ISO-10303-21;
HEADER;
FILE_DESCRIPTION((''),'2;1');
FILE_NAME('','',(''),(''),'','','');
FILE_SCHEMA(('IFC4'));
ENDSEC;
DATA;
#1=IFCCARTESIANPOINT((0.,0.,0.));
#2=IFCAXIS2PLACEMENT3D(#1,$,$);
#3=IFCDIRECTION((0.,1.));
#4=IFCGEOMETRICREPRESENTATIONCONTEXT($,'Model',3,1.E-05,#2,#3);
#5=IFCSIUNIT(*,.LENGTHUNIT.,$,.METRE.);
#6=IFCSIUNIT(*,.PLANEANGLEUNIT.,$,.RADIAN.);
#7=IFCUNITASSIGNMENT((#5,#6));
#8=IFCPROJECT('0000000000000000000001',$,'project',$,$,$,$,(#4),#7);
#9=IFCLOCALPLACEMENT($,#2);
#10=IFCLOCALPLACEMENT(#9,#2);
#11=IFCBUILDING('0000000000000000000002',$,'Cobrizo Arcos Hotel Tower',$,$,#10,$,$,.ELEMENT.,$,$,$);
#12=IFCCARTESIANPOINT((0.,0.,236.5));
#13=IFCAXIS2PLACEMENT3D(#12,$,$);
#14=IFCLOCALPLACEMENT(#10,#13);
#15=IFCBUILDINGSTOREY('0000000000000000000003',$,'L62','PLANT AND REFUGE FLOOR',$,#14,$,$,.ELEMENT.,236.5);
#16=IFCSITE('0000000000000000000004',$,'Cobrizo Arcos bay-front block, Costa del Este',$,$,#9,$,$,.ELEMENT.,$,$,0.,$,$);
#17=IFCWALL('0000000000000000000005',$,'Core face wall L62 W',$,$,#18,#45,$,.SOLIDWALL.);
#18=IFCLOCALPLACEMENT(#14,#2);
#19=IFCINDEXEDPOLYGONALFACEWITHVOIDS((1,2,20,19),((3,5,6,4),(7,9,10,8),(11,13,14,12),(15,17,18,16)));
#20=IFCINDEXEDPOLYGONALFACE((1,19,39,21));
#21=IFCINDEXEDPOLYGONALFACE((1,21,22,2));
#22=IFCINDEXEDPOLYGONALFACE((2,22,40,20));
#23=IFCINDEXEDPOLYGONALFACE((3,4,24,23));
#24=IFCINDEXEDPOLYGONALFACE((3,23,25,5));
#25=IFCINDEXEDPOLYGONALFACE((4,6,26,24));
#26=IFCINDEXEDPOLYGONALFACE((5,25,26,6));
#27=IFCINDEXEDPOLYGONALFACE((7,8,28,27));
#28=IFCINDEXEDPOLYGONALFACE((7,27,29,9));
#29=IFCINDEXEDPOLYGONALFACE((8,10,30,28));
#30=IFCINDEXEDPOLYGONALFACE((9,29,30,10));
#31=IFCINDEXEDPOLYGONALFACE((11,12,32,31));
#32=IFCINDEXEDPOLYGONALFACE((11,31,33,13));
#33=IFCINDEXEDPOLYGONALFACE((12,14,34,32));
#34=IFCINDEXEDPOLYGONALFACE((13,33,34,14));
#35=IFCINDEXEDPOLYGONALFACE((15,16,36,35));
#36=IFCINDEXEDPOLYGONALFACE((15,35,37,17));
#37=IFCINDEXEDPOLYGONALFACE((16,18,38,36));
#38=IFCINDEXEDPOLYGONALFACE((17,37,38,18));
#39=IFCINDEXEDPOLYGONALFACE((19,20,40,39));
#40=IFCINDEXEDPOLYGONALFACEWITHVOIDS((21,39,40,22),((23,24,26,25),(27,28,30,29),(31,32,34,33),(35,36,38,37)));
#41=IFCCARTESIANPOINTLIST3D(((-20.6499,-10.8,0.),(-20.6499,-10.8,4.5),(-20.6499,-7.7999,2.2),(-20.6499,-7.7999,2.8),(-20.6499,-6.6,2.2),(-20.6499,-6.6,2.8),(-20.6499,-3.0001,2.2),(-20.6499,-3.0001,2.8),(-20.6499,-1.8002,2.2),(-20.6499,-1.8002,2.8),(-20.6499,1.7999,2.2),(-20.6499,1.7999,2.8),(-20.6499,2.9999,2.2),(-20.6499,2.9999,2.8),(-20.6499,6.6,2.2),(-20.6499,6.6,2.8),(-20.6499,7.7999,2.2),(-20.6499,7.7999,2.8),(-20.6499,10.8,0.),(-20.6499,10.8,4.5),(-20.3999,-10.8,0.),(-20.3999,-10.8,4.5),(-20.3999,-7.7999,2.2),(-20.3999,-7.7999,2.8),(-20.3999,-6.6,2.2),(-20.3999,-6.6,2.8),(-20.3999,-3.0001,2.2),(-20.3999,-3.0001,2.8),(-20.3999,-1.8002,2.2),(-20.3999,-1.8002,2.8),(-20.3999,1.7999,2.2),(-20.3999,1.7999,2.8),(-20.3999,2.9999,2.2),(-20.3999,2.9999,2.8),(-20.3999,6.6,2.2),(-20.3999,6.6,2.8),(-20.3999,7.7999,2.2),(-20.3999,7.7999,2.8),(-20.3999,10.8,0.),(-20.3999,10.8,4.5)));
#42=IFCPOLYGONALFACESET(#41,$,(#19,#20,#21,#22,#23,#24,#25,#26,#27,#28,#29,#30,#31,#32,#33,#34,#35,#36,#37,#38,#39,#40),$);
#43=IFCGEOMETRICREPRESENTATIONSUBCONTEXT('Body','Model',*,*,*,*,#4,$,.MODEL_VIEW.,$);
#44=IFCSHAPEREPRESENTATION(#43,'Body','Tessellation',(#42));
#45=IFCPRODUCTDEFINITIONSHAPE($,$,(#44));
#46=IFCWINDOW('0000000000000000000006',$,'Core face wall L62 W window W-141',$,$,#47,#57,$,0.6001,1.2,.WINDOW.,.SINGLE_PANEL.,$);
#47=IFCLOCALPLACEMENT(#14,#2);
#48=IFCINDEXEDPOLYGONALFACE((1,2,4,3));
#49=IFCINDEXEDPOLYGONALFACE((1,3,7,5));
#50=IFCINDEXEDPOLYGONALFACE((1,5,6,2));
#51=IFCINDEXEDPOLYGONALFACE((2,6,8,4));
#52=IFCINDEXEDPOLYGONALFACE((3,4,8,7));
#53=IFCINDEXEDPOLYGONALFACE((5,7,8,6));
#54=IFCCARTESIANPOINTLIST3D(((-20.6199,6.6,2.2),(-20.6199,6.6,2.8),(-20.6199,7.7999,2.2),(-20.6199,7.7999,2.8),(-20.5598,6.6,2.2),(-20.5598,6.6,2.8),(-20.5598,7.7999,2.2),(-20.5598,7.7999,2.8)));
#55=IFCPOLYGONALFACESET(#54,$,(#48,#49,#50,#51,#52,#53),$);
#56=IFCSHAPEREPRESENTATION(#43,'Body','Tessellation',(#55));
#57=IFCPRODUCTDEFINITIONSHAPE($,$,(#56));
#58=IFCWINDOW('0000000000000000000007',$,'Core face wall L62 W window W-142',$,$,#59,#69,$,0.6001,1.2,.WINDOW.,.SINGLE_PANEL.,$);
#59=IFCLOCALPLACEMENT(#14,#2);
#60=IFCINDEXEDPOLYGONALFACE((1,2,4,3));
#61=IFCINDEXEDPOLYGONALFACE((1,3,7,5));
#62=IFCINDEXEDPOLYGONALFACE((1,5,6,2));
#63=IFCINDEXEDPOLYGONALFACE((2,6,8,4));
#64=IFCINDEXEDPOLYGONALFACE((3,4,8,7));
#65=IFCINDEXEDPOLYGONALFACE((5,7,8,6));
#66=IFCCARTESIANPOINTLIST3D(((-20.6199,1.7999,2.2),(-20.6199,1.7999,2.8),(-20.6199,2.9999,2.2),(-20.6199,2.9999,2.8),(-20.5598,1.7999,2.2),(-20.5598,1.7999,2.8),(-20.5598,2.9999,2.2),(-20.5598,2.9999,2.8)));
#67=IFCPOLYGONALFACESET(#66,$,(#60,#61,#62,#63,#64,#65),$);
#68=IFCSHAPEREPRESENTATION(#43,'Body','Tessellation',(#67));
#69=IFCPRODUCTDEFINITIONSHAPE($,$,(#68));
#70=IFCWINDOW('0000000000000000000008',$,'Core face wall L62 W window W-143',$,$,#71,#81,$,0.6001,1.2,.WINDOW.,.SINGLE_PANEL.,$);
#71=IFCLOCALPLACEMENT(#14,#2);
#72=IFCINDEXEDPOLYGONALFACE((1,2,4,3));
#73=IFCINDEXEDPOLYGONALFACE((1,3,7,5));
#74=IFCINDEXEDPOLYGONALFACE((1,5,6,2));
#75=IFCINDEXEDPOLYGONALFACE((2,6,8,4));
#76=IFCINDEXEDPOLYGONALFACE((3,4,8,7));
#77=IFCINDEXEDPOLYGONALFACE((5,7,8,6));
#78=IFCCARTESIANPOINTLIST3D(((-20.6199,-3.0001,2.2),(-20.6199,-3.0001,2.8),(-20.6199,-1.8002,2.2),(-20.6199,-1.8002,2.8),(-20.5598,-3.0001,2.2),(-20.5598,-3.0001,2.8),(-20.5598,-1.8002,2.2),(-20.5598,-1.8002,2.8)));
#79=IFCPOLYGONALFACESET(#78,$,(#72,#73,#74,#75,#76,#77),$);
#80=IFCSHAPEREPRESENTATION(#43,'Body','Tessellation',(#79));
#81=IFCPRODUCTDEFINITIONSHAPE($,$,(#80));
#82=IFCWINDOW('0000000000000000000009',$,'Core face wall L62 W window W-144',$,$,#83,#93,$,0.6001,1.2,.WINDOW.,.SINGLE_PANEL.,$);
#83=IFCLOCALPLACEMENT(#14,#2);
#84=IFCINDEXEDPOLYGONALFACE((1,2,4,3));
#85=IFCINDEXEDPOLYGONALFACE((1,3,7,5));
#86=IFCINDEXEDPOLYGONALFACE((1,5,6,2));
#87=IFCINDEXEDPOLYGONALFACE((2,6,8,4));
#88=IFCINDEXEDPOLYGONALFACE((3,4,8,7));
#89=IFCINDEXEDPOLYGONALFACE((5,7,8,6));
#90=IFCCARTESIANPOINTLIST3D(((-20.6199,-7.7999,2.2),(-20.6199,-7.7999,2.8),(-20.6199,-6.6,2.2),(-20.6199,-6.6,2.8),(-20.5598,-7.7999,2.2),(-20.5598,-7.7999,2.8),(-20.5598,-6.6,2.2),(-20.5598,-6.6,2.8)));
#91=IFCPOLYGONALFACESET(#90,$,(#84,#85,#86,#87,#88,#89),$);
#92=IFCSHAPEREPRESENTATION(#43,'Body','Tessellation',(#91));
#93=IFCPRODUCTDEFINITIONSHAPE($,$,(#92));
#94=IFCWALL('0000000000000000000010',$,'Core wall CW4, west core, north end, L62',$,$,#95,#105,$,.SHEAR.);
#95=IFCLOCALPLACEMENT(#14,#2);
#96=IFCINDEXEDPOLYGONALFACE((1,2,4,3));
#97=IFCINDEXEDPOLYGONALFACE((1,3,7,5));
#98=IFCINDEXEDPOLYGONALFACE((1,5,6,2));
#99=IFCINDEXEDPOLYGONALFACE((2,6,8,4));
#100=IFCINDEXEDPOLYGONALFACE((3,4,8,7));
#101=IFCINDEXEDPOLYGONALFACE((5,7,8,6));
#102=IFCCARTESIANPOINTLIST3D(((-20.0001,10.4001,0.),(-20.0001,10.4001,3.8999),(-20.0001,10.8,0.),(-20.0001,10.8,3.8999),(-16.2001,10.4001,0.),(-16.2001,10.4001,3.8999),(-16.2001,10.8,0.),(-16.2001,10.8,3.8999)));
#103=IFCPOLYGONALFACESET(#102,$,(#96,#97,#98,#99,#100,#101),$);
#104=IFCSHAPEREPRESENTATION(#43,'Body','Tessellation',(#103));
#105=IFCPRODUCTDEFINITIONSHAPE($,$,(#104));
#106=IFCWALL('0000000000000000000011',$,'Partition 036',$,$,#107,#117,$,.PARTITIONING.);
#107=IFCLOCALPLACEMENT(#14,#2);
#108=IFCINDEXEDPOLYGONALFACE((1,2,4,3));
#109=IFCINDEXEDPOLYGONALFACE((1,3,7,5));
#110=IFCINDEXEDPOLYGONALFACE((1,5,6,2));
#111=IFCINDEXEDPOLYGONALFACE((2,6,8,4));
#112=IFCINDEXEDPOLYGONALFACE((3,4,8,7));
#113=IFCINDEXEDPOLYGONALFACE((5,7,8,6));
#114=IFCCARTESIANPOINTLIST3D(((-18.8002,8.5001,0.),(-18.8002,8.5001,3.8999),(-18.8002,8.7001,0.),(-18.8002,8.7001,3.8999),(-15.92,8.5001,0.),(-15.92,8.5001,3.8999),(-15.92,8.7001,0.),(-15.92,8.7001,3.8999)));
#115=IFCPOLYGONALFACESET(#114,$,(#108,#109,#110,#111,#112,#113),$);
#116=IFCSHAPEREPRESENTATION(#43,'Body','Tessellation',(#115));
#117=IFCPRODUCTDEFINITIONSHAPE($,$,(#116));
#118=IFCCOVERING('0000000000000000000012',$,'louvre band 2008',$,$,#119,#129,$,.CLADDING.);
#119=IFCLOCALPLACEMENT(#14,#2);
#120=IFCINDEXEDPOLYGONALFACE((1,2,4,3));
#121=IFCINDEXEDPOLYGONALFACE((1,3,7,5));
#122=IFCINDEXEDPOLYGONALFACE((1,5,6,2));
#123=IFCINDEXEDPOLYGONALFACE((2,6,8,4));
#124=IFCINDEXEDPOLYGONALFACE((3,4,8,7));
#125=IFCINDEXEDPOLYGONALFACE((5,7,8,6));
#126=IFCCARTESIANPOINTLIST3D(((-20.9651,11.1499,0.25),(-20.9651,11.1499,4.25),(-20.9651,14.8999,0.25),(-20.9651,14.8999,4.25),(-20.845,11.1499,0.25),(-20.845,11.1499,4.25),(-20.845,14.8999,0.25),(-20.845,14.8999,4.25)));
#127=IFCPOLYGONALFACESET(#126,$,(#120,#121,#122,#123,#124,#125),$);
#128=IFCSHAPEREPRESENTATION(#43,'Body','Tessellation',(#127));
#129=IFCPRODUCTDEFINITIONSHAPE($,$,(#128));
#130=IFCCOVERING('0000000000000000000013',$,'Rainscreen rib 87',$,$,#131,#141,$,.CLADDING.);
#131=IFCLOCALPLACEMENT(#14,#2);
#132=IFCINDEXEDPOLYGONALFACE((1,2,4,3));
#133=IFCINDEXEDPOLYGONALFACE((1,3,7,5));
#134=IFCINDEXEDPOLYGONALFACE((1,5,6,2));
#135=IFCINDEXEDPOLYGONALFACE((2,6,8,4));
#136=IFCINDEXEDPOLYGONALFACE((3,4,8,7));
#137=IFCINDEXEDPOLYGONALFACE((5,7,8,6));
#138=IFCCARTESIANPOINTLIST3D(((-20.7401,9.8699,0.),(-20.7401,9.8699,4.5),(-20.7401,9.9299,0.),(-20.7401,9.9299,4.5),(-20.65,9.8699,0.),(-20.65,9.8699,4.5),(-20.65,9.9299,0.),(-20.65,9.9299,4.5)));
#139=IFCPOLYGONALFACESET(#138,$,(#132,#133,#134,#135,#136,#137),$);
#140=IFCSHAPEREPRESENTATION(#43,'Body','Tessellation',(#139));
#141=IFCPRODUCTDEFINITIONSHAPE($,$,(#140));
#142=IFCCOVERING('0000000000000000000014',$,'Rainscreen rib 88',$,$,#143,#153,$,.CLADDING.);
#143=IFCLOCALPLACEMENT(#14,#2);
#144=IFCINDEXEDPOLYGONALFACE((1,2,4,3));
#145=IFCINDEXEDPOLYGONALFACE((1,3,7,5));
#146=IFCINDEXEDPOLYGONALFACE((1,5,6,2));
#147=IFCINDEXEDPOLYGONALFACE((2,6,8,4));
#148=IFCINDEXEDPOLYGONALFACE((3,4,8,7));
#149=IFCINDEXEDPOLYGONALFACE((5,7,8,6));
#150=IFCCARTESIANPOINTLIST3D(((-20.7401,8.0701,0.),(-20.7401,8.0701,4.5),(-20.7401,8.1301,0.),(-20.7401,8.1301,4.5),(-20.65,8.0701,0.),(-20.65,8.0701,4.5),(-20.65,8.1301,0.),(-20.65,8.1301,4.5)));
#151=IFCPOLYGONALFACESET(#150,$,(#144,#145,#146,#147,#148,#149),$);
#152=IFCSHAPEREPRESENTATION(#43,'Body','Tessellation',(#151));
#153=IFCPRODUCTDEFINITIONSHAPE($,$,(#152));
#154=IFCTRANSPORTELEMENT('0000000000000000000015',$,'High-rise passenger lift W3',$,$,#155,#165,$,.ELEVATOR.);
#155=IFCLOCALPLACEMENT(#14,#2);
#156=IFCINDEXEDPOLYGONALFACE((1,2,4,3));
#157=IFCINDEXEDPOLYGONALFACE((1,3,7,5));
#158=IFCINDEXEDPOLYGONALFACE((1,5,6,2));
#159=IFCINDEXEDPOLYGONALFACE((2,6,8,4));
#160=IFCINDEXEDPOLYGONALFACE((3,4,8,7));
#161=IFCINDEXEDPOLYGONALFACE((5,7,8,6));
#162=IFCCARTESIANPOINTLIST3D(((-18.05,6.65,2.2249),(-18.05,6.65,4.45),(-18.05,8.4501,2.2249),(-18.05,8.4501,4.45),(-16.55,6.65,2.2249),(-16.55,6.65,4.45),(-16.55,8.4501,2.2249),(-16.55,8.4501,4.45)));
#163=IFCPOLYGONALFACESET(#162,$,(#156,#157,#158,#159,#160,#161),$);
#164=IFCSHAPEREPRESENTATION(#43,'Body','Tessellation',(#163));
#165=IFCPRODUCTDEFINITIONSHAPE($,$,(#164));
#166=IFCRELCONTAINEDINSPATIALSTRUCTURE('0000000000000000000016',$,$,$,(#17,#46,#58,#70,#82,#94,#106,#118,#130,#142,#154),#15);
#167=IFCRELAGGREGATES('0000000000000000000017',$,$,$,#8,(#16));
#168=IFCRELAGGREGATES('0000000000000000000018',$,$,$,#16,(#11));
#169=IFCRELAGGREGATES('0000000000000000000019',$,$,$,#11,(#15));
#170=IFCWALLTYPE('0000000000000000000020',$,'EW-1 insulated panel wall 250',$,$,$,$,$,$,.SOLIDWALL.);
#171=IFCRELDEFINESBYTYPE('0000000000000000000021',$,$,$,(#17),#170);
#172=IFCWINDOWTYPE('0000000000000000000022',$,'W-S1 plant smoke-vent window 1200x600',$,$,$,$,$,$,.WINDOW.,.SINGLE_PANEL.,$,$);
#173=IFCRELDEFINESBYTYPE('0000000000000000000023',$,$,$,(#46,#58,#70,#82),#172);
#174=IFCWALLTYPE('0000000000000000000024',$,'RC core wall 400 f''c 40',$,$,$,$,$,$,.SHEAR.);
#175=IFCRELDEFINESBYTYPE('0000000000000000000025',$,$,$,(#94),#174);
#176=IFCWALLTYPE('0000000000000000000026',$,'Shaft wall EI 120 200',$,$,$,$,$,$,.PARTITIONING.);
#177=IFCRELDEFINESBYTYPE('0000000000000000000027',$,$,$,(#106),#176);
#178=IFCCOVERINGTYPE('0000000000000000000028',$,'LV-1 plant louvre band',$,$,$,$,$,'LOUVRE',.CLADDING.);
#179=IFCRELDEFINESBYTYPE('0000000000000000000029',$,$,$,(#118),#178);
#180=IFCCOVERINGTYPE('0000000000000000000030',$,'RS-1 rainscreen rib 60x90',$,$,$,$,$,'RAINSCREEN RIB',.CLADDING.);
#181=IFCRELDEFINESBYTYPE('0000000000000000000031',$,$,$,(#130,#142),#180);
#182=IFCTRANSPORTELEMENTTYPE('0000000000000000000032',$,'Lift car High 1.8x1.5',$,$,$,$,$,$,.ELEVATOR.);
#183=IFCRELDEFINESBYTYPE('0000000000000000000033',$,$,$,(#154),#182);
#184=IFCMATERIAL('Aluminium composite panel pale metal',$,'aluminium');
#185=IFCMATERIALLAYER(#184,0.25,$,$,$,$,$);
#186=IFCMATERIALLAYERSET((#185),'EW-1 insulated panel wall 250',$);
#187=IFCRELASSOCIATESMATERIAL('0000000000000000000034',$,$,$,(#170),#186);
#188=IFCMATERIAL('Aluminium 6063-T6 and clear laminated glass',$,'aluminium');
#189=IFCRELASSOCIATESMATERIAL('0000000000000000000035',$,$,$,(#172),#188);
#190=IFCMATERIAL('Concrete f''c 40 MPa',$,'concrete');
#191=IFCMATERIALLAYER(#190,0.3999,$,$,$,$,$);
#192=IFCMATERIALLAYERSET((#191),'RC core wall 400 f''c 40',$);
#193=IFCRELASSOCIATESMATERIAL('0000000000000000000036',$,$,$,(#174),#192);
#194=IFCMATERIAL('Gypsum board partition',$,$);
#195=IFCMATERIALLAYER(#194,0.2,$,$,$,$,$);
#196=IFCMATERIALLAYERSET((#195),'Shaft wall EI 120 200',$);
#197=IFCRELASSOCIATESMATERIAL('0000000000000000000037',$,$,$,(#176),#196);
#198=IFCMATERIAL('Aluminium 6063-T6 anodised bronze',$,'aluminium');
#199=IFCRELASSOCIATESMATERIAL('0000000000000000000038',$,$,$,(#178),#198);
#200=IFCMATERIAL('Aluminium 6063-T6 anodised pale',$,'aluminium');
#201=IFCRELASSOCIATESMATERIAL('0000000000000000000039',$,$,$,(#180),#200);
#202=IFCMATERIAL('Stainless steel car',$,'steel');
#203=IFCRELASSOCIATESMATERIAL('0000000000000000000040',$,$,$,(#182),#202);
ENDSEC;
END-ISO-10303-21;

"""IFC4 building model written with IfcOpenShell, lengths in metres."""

from ifc_helpers import new_model, si_unit, direction, frame, frame_2d, origin, origin_2d, place, context, subcontext, project, spatial, rectangle, extrude, material, layer, layer_set, type_object, element, fill, save


model = new_model("IFC4")

# Units and contexts
model_context = context("Model", 3, precision=1e-05, world=origin(), true_north=direction((0.0, 1.0)))
body_context = subcontext(model_context, "Body", "Model", "MODEL_VIEW")
ifc_project = project(units=[si_unit("LENGTHUNIT", "METRE"), si_unit("PLANEANGLEUNIT", "RADIAN")], contexts=[model_context])

# Site, building, storey
site_placement = place(None, origin())
site = spatial("IfcSite", under=ifc_project, at=site_placement, Name="Cobrizo Arcos bay-front block, Costa del Este", CompositionType="ELEMENT", RefElevation=0.0)
building_placement = place(site_placement, origin())
building = spatial("IfcBuilding", under=site, at=building_placement, Name="Cobrizo Arcos Hotel Tower", CompositionType="ELEMENT")
storey_placement = place(building_placement, frame((0.0, 0.0, 236.5)))
storey = spatial("IfcBuildingStorey", under=building, at=storey_placement, Name="L62", Description="PLANT AND REFUGE FLOOR", CompositionType="ELEMENT", Elevation=236.5)

# Shared definitions
ifc_material_1 = material(Name="Aluminium 6063-T6 anodised bronze", Category="aluminium")

# Shared definitions
ifc_material_2 = material(Name="Aluminium composite panel pale metal", Category="aluminium")

# Shared definitions
ifc_material_3 = material(Name="Gypsum board partition")

# Wall, openings, windows
ifc_layer_1 = layer(ifc_material_2, 0.25)
ifc_layer_set_1 = layer_set([ifc_layer_1], Name="EW-1 insulated panel wall 250")
wall_type_1 = type_object("IfcWallType", Name="EW-1 insulated panel wall 250", PredefinedType="SOLIDWALL", material=ifc_layer_set_1)
wall_1_placement = place(storey_placement, frame((-20.5249, 10.8, 0.0), z_axis=(0.0, 0.0, 1.0), x_axis=(0.0, -1.0, 0.0)))
wall_1 = element("IfcWall", 1, at=wall_1_placement, inside=storey, type_object=wall_type_1, Name="Core face wall L62 W", PredefinedType="SOLIDWALL", context=body_context, shape_type="SweptSolid", body=[
    extrude(rectangle(XDim=21.6001, YDim=0.25, at=frame_2d((10.8, 0.0))), origin(), (0.0, 0.0, 1.0), 4.5),
])
opening_1_placement = place(wall_1_placement, frame((3.0, 0.0, 2.2)))
opening_1 = element("IfcOpeningElement", 2, at=opening_1_placement, cuts=wall_1, PredefinedType="OPENING", context=body_context, shape_type="SweptSolid", body=[
    extrude(rectangle(XDim=1.2, YDim=0.6001, at=frame_2d((0.6001, 0.3))), frame((0.0, 0.137, 0.0), z_axis=(0.0, -1.0, 0.0), x_axis=(1.0, 0.0, 0.0)), (0.0, 0.0, 1.0), 0.2739),
])
opening_2_placement = place(wall_1_placement, frame((7.8, 0.0, 2.2)))
opening_2 = element("IfcOpeningElement", 3, at=opening_2_placement, cuts=wall_1, PredefinedType="OPENING", context=body_context, shape_type="SweptSolid", body=[
    extrude(rectangle(XDim=1.2, YDim=0.6001, at=frame_2d((0.6001, 0.3))), frame((0.0, 0.137, 0.0), z_axis=(0.0, -1.0, 0.0), x_axis=(1.0, 0.0, 0.0)), (0.0, 0.0, 1.0), 0.2739),
])
opening_3_placement = place(wall_1_placement, frame((12.6001, 0.0, 2.2)))
opening_3 = element("IfcOpeningElement", 4, at=opening_3_placement, cuts=wall_1, PredefinedType="OPENING", context=body_context, shape_type="SweptSolid", body=[
    extrude(rectangle(XDim=1.2, YDim=0.6001, at=frame_2d((0.6001, 0.3))), frame((0.0, 0.137, 0.0), z_axis=(0.0, -1.0, 0.0), x_axis=(1.0, 0.0, 0.0)), (0.0, 0.0, 1.0), 0.2739),
])
opening_4_placement = place(wall_1_placement, frame((17.3999, 0.0, 2.2)))
opening_4 = element("IfcOpeningElement", 5, at=opening_4_placement, cuts=wall_1, PredefinedType="OPENING", context=body_context, shape_type="SweptSolid", body=[
    extrude(rectangle(XDim=1.2, YDim=0.6001, at=frame_2d((0.6001, 0.3))), frame((0.0, 0.137, 0.0), z_axis=(0.0, -1.0, 0.0), x_axis=(1.0, 0.0, 0.0)), (0.0, 0.0, 1.0), 0.2739),
])
ifc_material_4 = material(Name="Aluminium 6063-T6 and clear laminated glass", Category="aluminium")
window_type = type_object("IfcWindowType", Name="W-S1 plant smoke-vent window 1200x600", PartitioningType="SINGLE_PANEL", PredefinedType="WINDOW", material=ifc_material_4)
window_1_placement = place(opening_1_placement, origin())
window_1 = element("IfcWindow", 6, at=window_1_placement, inside=storey, type_object=window_type, Name="Core face wall L62 W window W-141", OverallHeight=0.6001, OverallWidth=1.2, PartitioningType="SINGLE_PANEL", PredefinedType="WINDOW", context=body_context, shape_type="SweptSolid", body=[
    extrude(rectangle(XDim=1.2, YDim=0.6001, at=frame_2d((0.6001, 0.3))), frame((0.0, -0.0349, 0.0), z_axis=(0.0, -1.0, 0.0), x_axis=(1.0, 0.0, 0.0)), (0.0, 0.0, 1.0), 0.0601),
])
fill(opening_1, window_1)
window_2_placement = place(opening_2_placement, origin())
window_2 = element("IfcWindow", 7, at=window_2_placement, inside=storey, type_object=window_type, Name="Core face wall L62 W window W-142", OverallHeight=0.6001, OverallWidth=1.2, PartitioningType="SINGLE_PANEL", PredefinedType="WINDOW", context=body_context, shape_type="SweptSolid", body=[
    extrude(rectangle(XDim=1.2, YDim=0.6001, at=frame_2d((0.6001, 0.3))), frame((0.0, -0.0349, 0.0), z_axis=(0.0, -1.0, 0.0), x_axis=(1.0, 0.0, 0.0)), (0.0, 0.0, 1.0), 0.0601),
])
fill(opening_2, window_2)
window_3_placement = place(opening_3_placement, origin())
window_3 = element("IfcWindow", 8, at=window_3_placement, inside=storey, type_object=window_type, Name="Core face wall L62 W window W-143", OverallHeight=0.6001, OverallWidth=1.2, PartitioningType="SINGLE_PANEL", PredefinedType="WINDOW", context=body_context, shape_type="SweptSolid", body=[
    extrude(rectangle(XDim=1.2, YDim=0.6001, at=frame_2d((0.6001, 0.3))), frame((0.0, -0.0349, 0.0), z_axis=(0.0, -1.0, 0.0), x_axis=(1.0, 0.0, 0.0)), (0.0, 0.0, 1.0), 0.0601),
])
fill(opening_3, window_3)
window_4_placement = place(opening_4_placement, origin())
window_4 = element("IfcWindow", 9, at=window_4_placement, inside=storey, type_object=window_type, Name="Core face wall L62 W window W-144", OverallHeight=0.6001, OverallWidth=1.2, PartitioningType="SINGLE_PANEL", PredefinedType="WINDOW", context=body_context, shape_type="SweptSolid", body=[
    extrude(rectangle(XDim=1.2, YDim=0.6001, at=frame_2d((0.6001, 0.3))), frame((0.0, -0.0349, 0.0), z_axis=(0.0, -1.0, 0.0), x_axis=(1.0, 0.0, 0.0)), (0.0, 0.0, 1.0), 0.0601),
])
fill(opening_4, window_4)

# Walls
ifc_material_5 = material(Name="Concrete f'c 40 MPa", Category="concrete")
ifc_layer_2 = layer(ifc_material_5, 0.3999)
ifc_layer_set_2 = layer_set([ifc_layer_2], Name="RC core wall 400 f'c 40")
wall_type_2 = type_object("IfcWallType", Name="RC core wall 400 f'c 40", PredefinedType="SHEAR", material=ifc_layer_set_2)
wall_2_placement = place(storey_placement, frame((-20.0, 10.6001, 0.0), z_axis=(0.0, 0.0, 1.0), x_axis=(1.0, 0.0, 0.0)))
element("IfcWall", 10, at=wall_2_placement, inside=storey, type_object=wall_type_2, Name="Core wall CW4, west core, north end, L62", PredefinedType="SHEAR", context=body_context, shape_type="SweptSolid", body=[
    extrude(rectangle(XDim=3.8, YDim=0.3999, at=frame_2d((1.8999, 0.0))), origin(), (0.0, 0.0, 1.0), 3.8999),
])
ifc_layer_3 = layer(ifc_material_3, 0.2)
ifc_layer_set_3 = layer_set([ifc_layer_3], Name="Shaft wall EI 120 200")
wall_type_3 = type_object("IfcWallType", Name="Shaft wall EI 120 200", PredefinedType="PARTITIONING", material=ifc_layer_set_3)
wall_3_placement = place(storey_placement, frame((-18.8, 8.6001, 0.0), z_axis=(0.0, 0.0, 1.0), x_axis=(1.0, 0.0, 0.0)))
element("IfcWall", 11, at=wall_3_placement, inside=storey, type_object=wall_type_3, Name="Partition 036", PredefinedType="PARTITIONING", context=body_context, shape_type="SweptSolid", body=[
    extrude(rectangle(XDim=2.8801, YDim=0.2, at=frame_2d((1.4399, 0.0))), origin(), (0.0, 0.0, 1.0), 3.8999),
])

# Coverings
covering_type_1 = type_object("IfcCoveringType", Name="LV-1 plant louvre band", ElementType="LOUVRE", PredefinedType="CLADDING", material=ifc_material_1)
covering_placement = place(storey_placement, frame((-20.905, 13.0249, 0.25), z_axis=(0.0, 0.0, 1.0), x_axis=(0.0, -1.0, 0.0)))
element("IfcCovering", 12, at=covering_placement, inside=storey, type_object=covering_type_1, Name="louvre band 2008", PredefinedType="CLADDING", context=body_context, shape_type="SweptSolid", body=[
    extrude(rectangle(XDim=3.75, YDim=0.1201, at=origin_2d()), origin(), (0.0, 0.0, 1.0), 4.0),
])
ifc_material_6 = material(Name="Aluminium 6063-T6 anodised pale", Category="aluminium")
covering_type_2 = type_object("IfcCoveringType", Name="RS-1 rainscreen rib 60x90", ElementType="RAINSCREEN RIB", PredefinedType="CLADDING", material=ifc_material_6)
for number, where, z_axis, x_axis, name in (
    (13, (-20.6951, 9.8999, 0.0), (0.0, 0.0, 1.0), (0.0, -1.0, 0.0), "Rainscreen rib 87"),
    (14, (-20.6951, 8.1001, 0.0), (0.0, 0.0, 1.0), (0.0, -1.0, 0.0), "Rainscreen rib 88"),
):
    element("IfcCovering", number, at=place(storey_placement, frame(where, z_axis=z_axis, x_axis=x_axis)), inside=storey, type_object=covering_type_2, Name=name, PredefinedType="CLADDING", context=body_context, shape_type="SweptSolid", body=[
        extrude(rectangle(XDim=0.0601, YDim=0.0901, at=origin_2d()), origin(), (0.0, 0.0, 1.0), 4.5),
    ])

# Transport element
ifc_material_7 = material(Name="Stainless steel car", Category="steel")
transport_element_type = type_object("IfcTransportElementType", Name="Lift car High 1.8x1.5", PredefinedType="ELEVATOR", material=ifc_material_7)
transport_element_placement = place(storey_placement, frame((-17.3, 7.55, 2.2249), z_axis=(0.0, 0.0, 1.0), x_axis=(1.0, 0.0, 0.0)))
element("IfcTransportElement", 15, at=transport_element_placement, inside=storey, type_object=transport_element_type, Name="High-rise passenger lift W3", PredefinedType="ELEVATOR", context=body_context, shape_type="SweptSolid", body=[
    extrude(rectangle(XDim=1.5, YDim=1.8, at=origin_2d()), origin(), (0.0, 0.0, 1.0), 2.2251),
])

save(model, "model.ifc")
